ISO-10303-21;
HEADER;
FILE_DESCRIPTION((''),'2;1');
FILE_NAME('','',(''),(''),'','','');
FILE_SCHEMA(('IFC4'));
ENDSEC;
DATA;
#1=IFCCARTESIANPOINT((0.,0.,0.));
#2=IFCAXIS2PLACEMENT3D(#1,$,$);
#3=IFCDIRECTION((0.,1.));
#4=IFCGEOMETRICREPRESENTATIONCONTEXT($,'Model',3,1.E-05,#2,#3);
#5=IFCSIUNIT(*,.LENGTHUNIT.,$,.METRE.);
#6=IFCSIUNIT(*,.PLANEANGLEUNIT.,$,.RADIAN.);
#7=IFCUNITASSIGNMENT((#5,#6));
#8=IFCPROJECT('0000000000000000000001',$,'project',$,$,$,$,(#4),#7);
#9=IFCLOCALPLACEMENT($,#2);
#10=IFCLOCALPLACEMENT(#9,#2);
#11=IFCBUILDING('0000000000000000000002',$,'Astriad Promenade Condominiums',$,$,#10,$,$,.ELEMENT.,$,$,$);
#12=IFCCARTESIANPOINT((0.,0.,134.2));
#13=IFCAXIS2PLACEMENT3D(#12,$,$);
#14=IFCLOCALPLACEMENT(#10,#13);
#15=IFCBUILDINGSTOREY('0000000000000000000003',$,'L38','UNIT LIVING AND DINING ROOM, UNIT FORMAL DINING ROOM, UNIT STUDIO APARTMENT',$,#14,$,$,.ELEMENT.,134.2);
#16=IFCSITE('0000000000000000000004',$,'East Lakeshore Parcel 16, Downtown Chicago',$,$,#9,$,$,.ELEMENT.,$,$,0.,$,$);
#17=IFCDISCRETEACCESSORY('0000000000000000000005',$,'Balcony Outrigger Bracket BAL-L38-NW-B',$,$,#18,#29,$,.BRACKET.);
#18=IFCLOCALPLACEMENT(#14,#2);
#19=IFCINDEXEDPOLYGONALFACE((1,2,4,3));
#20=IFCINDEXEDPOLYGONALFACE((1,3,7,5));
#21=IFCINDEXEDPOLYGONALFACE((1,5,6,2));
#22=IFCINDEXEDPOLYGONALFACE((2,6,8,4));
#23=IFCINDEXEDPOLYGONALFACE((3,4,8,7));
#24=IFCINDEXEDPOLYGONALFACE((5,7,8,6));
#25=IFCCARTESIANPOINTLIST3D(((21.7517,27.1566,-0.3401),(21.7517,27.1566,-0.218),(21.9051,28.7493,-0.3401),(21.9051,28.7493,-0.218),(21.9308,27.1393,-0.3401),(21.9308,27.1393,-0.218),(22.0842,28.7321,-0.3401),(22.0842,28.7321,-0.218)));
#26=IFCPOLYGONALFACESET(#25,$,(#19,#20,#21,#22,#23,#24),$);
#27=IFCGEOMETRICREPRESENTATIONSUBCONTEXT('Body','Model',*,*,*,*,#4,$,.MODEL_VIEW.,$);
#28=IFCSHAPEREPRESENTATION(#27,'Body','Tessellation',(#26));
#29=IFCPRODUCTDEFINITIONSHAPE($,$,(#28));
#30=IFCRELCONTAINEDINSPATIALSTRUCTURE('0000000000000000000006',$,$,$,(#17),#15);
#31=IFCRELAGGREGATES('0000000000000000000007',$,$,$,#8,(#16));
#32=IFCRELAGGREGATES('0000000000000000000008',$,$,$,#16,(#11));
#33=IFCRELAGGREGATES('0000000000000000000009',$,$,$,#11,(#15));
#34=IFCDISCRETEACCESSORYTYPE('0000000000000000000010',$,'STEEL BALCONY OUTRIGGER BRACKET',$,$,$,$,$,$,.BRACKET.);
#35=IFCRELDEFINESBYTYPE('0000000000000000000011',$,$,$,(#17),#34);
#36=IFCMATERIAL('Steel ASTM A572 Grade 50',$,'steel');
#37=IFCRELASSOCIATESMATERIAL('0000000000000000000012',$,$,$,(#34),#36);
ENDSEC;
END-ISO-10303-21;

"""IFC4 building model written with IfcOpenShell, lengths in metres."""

from ifc_helpers import new_model, si_unit, direction, frame, origin, origin_2d, place, context, subcontext, project, spatial, rectangle, extrude, source, transform, mapped, material, type_object, type_shapes, element, save


model = new_model("IFC4")

# Units and contexts
model_context = context("Model", 3, precision=1e-05, world=origin(), true_north=direction((0.0, 1.0)))
body_context = subcontext(model_context, "Body", "Model", "MODEL_VIEW")
ifc_project = project(units=[si_unit("LENGTHUNIT", "METRE"), si_unit("PLANEANGLEUNIT", "RADIAN")], contexts=[model_context])

# Site, building, storey
site_placement = place(None, origin())
site = spatial("IfcSite", under=ifc_project, at=site_placement, Name="East Lakeshore Parcel 16, Downtown Chicago", CompositionType="ELEMENT", RefElevation=0.0)
building_placement = place(site_placement, origin())
building = spatial("IfcBuilding", under=site, at=building_placement, Name="Astriad Promenade Condominiums", CompositionType="ELEMENT")
storey_placement = place(building_placement, frame((0.0, 0.0, 134.2)))
storey = spatial("IfcBuildingStorey", under=building, at=storey_placement, Name="L38", Description="UNIT LIVING AND DINING ROOM, UNIT FORMAL DINING ROOM, UNIT STUDIO APARTMENT", CompositionType="ELEMENT", Elevation=134.2)

# Discrete accessory
ifc_material_1 = material(Name="Steel ASTM A572 Grade 50", Category="steel")
discrete_accessory_type = type_object("IfcDiscreteAccessoryType", Name="STEEL BALCONY OUTRIGGER BRACKET", PredefinedType="BRACKET", material=ifc_material_1)
shared_shape_1 = source(origin(), body_context, "Body", "SweptSolid", [
    extrude(rectangle(XDim=1.6001, YDim=0.1799, at=origin_2d()), origin(), (0.0, 0.0, 1.0), 0.1221),
])
type_shapes(discrete_accessory_type, [shared_shape_1])
discrete_accessory_placement = place(storey_placement, frame((21.918, 27.9443, -0.3401), z_axis=(0.0, 0.0, 1.0), x_axis=(0.095846, 0.995396, 0.0)))
element("IfcDiscreteAccessory", 1, at=discrete_accessory_placement, inside=storey, type_object=discrete_accessory_type, Name="Balcony Outrigger Bracket BAL-L38-NW-B", PredefinedType="BRACKET", context=body_context, shape_type="MappedRepresentation", body=[
    mapped(shared_shape_1, transform((0.0, 0.0, 0.0), scale=1.0)),
])

save(model, "model.ifc")
